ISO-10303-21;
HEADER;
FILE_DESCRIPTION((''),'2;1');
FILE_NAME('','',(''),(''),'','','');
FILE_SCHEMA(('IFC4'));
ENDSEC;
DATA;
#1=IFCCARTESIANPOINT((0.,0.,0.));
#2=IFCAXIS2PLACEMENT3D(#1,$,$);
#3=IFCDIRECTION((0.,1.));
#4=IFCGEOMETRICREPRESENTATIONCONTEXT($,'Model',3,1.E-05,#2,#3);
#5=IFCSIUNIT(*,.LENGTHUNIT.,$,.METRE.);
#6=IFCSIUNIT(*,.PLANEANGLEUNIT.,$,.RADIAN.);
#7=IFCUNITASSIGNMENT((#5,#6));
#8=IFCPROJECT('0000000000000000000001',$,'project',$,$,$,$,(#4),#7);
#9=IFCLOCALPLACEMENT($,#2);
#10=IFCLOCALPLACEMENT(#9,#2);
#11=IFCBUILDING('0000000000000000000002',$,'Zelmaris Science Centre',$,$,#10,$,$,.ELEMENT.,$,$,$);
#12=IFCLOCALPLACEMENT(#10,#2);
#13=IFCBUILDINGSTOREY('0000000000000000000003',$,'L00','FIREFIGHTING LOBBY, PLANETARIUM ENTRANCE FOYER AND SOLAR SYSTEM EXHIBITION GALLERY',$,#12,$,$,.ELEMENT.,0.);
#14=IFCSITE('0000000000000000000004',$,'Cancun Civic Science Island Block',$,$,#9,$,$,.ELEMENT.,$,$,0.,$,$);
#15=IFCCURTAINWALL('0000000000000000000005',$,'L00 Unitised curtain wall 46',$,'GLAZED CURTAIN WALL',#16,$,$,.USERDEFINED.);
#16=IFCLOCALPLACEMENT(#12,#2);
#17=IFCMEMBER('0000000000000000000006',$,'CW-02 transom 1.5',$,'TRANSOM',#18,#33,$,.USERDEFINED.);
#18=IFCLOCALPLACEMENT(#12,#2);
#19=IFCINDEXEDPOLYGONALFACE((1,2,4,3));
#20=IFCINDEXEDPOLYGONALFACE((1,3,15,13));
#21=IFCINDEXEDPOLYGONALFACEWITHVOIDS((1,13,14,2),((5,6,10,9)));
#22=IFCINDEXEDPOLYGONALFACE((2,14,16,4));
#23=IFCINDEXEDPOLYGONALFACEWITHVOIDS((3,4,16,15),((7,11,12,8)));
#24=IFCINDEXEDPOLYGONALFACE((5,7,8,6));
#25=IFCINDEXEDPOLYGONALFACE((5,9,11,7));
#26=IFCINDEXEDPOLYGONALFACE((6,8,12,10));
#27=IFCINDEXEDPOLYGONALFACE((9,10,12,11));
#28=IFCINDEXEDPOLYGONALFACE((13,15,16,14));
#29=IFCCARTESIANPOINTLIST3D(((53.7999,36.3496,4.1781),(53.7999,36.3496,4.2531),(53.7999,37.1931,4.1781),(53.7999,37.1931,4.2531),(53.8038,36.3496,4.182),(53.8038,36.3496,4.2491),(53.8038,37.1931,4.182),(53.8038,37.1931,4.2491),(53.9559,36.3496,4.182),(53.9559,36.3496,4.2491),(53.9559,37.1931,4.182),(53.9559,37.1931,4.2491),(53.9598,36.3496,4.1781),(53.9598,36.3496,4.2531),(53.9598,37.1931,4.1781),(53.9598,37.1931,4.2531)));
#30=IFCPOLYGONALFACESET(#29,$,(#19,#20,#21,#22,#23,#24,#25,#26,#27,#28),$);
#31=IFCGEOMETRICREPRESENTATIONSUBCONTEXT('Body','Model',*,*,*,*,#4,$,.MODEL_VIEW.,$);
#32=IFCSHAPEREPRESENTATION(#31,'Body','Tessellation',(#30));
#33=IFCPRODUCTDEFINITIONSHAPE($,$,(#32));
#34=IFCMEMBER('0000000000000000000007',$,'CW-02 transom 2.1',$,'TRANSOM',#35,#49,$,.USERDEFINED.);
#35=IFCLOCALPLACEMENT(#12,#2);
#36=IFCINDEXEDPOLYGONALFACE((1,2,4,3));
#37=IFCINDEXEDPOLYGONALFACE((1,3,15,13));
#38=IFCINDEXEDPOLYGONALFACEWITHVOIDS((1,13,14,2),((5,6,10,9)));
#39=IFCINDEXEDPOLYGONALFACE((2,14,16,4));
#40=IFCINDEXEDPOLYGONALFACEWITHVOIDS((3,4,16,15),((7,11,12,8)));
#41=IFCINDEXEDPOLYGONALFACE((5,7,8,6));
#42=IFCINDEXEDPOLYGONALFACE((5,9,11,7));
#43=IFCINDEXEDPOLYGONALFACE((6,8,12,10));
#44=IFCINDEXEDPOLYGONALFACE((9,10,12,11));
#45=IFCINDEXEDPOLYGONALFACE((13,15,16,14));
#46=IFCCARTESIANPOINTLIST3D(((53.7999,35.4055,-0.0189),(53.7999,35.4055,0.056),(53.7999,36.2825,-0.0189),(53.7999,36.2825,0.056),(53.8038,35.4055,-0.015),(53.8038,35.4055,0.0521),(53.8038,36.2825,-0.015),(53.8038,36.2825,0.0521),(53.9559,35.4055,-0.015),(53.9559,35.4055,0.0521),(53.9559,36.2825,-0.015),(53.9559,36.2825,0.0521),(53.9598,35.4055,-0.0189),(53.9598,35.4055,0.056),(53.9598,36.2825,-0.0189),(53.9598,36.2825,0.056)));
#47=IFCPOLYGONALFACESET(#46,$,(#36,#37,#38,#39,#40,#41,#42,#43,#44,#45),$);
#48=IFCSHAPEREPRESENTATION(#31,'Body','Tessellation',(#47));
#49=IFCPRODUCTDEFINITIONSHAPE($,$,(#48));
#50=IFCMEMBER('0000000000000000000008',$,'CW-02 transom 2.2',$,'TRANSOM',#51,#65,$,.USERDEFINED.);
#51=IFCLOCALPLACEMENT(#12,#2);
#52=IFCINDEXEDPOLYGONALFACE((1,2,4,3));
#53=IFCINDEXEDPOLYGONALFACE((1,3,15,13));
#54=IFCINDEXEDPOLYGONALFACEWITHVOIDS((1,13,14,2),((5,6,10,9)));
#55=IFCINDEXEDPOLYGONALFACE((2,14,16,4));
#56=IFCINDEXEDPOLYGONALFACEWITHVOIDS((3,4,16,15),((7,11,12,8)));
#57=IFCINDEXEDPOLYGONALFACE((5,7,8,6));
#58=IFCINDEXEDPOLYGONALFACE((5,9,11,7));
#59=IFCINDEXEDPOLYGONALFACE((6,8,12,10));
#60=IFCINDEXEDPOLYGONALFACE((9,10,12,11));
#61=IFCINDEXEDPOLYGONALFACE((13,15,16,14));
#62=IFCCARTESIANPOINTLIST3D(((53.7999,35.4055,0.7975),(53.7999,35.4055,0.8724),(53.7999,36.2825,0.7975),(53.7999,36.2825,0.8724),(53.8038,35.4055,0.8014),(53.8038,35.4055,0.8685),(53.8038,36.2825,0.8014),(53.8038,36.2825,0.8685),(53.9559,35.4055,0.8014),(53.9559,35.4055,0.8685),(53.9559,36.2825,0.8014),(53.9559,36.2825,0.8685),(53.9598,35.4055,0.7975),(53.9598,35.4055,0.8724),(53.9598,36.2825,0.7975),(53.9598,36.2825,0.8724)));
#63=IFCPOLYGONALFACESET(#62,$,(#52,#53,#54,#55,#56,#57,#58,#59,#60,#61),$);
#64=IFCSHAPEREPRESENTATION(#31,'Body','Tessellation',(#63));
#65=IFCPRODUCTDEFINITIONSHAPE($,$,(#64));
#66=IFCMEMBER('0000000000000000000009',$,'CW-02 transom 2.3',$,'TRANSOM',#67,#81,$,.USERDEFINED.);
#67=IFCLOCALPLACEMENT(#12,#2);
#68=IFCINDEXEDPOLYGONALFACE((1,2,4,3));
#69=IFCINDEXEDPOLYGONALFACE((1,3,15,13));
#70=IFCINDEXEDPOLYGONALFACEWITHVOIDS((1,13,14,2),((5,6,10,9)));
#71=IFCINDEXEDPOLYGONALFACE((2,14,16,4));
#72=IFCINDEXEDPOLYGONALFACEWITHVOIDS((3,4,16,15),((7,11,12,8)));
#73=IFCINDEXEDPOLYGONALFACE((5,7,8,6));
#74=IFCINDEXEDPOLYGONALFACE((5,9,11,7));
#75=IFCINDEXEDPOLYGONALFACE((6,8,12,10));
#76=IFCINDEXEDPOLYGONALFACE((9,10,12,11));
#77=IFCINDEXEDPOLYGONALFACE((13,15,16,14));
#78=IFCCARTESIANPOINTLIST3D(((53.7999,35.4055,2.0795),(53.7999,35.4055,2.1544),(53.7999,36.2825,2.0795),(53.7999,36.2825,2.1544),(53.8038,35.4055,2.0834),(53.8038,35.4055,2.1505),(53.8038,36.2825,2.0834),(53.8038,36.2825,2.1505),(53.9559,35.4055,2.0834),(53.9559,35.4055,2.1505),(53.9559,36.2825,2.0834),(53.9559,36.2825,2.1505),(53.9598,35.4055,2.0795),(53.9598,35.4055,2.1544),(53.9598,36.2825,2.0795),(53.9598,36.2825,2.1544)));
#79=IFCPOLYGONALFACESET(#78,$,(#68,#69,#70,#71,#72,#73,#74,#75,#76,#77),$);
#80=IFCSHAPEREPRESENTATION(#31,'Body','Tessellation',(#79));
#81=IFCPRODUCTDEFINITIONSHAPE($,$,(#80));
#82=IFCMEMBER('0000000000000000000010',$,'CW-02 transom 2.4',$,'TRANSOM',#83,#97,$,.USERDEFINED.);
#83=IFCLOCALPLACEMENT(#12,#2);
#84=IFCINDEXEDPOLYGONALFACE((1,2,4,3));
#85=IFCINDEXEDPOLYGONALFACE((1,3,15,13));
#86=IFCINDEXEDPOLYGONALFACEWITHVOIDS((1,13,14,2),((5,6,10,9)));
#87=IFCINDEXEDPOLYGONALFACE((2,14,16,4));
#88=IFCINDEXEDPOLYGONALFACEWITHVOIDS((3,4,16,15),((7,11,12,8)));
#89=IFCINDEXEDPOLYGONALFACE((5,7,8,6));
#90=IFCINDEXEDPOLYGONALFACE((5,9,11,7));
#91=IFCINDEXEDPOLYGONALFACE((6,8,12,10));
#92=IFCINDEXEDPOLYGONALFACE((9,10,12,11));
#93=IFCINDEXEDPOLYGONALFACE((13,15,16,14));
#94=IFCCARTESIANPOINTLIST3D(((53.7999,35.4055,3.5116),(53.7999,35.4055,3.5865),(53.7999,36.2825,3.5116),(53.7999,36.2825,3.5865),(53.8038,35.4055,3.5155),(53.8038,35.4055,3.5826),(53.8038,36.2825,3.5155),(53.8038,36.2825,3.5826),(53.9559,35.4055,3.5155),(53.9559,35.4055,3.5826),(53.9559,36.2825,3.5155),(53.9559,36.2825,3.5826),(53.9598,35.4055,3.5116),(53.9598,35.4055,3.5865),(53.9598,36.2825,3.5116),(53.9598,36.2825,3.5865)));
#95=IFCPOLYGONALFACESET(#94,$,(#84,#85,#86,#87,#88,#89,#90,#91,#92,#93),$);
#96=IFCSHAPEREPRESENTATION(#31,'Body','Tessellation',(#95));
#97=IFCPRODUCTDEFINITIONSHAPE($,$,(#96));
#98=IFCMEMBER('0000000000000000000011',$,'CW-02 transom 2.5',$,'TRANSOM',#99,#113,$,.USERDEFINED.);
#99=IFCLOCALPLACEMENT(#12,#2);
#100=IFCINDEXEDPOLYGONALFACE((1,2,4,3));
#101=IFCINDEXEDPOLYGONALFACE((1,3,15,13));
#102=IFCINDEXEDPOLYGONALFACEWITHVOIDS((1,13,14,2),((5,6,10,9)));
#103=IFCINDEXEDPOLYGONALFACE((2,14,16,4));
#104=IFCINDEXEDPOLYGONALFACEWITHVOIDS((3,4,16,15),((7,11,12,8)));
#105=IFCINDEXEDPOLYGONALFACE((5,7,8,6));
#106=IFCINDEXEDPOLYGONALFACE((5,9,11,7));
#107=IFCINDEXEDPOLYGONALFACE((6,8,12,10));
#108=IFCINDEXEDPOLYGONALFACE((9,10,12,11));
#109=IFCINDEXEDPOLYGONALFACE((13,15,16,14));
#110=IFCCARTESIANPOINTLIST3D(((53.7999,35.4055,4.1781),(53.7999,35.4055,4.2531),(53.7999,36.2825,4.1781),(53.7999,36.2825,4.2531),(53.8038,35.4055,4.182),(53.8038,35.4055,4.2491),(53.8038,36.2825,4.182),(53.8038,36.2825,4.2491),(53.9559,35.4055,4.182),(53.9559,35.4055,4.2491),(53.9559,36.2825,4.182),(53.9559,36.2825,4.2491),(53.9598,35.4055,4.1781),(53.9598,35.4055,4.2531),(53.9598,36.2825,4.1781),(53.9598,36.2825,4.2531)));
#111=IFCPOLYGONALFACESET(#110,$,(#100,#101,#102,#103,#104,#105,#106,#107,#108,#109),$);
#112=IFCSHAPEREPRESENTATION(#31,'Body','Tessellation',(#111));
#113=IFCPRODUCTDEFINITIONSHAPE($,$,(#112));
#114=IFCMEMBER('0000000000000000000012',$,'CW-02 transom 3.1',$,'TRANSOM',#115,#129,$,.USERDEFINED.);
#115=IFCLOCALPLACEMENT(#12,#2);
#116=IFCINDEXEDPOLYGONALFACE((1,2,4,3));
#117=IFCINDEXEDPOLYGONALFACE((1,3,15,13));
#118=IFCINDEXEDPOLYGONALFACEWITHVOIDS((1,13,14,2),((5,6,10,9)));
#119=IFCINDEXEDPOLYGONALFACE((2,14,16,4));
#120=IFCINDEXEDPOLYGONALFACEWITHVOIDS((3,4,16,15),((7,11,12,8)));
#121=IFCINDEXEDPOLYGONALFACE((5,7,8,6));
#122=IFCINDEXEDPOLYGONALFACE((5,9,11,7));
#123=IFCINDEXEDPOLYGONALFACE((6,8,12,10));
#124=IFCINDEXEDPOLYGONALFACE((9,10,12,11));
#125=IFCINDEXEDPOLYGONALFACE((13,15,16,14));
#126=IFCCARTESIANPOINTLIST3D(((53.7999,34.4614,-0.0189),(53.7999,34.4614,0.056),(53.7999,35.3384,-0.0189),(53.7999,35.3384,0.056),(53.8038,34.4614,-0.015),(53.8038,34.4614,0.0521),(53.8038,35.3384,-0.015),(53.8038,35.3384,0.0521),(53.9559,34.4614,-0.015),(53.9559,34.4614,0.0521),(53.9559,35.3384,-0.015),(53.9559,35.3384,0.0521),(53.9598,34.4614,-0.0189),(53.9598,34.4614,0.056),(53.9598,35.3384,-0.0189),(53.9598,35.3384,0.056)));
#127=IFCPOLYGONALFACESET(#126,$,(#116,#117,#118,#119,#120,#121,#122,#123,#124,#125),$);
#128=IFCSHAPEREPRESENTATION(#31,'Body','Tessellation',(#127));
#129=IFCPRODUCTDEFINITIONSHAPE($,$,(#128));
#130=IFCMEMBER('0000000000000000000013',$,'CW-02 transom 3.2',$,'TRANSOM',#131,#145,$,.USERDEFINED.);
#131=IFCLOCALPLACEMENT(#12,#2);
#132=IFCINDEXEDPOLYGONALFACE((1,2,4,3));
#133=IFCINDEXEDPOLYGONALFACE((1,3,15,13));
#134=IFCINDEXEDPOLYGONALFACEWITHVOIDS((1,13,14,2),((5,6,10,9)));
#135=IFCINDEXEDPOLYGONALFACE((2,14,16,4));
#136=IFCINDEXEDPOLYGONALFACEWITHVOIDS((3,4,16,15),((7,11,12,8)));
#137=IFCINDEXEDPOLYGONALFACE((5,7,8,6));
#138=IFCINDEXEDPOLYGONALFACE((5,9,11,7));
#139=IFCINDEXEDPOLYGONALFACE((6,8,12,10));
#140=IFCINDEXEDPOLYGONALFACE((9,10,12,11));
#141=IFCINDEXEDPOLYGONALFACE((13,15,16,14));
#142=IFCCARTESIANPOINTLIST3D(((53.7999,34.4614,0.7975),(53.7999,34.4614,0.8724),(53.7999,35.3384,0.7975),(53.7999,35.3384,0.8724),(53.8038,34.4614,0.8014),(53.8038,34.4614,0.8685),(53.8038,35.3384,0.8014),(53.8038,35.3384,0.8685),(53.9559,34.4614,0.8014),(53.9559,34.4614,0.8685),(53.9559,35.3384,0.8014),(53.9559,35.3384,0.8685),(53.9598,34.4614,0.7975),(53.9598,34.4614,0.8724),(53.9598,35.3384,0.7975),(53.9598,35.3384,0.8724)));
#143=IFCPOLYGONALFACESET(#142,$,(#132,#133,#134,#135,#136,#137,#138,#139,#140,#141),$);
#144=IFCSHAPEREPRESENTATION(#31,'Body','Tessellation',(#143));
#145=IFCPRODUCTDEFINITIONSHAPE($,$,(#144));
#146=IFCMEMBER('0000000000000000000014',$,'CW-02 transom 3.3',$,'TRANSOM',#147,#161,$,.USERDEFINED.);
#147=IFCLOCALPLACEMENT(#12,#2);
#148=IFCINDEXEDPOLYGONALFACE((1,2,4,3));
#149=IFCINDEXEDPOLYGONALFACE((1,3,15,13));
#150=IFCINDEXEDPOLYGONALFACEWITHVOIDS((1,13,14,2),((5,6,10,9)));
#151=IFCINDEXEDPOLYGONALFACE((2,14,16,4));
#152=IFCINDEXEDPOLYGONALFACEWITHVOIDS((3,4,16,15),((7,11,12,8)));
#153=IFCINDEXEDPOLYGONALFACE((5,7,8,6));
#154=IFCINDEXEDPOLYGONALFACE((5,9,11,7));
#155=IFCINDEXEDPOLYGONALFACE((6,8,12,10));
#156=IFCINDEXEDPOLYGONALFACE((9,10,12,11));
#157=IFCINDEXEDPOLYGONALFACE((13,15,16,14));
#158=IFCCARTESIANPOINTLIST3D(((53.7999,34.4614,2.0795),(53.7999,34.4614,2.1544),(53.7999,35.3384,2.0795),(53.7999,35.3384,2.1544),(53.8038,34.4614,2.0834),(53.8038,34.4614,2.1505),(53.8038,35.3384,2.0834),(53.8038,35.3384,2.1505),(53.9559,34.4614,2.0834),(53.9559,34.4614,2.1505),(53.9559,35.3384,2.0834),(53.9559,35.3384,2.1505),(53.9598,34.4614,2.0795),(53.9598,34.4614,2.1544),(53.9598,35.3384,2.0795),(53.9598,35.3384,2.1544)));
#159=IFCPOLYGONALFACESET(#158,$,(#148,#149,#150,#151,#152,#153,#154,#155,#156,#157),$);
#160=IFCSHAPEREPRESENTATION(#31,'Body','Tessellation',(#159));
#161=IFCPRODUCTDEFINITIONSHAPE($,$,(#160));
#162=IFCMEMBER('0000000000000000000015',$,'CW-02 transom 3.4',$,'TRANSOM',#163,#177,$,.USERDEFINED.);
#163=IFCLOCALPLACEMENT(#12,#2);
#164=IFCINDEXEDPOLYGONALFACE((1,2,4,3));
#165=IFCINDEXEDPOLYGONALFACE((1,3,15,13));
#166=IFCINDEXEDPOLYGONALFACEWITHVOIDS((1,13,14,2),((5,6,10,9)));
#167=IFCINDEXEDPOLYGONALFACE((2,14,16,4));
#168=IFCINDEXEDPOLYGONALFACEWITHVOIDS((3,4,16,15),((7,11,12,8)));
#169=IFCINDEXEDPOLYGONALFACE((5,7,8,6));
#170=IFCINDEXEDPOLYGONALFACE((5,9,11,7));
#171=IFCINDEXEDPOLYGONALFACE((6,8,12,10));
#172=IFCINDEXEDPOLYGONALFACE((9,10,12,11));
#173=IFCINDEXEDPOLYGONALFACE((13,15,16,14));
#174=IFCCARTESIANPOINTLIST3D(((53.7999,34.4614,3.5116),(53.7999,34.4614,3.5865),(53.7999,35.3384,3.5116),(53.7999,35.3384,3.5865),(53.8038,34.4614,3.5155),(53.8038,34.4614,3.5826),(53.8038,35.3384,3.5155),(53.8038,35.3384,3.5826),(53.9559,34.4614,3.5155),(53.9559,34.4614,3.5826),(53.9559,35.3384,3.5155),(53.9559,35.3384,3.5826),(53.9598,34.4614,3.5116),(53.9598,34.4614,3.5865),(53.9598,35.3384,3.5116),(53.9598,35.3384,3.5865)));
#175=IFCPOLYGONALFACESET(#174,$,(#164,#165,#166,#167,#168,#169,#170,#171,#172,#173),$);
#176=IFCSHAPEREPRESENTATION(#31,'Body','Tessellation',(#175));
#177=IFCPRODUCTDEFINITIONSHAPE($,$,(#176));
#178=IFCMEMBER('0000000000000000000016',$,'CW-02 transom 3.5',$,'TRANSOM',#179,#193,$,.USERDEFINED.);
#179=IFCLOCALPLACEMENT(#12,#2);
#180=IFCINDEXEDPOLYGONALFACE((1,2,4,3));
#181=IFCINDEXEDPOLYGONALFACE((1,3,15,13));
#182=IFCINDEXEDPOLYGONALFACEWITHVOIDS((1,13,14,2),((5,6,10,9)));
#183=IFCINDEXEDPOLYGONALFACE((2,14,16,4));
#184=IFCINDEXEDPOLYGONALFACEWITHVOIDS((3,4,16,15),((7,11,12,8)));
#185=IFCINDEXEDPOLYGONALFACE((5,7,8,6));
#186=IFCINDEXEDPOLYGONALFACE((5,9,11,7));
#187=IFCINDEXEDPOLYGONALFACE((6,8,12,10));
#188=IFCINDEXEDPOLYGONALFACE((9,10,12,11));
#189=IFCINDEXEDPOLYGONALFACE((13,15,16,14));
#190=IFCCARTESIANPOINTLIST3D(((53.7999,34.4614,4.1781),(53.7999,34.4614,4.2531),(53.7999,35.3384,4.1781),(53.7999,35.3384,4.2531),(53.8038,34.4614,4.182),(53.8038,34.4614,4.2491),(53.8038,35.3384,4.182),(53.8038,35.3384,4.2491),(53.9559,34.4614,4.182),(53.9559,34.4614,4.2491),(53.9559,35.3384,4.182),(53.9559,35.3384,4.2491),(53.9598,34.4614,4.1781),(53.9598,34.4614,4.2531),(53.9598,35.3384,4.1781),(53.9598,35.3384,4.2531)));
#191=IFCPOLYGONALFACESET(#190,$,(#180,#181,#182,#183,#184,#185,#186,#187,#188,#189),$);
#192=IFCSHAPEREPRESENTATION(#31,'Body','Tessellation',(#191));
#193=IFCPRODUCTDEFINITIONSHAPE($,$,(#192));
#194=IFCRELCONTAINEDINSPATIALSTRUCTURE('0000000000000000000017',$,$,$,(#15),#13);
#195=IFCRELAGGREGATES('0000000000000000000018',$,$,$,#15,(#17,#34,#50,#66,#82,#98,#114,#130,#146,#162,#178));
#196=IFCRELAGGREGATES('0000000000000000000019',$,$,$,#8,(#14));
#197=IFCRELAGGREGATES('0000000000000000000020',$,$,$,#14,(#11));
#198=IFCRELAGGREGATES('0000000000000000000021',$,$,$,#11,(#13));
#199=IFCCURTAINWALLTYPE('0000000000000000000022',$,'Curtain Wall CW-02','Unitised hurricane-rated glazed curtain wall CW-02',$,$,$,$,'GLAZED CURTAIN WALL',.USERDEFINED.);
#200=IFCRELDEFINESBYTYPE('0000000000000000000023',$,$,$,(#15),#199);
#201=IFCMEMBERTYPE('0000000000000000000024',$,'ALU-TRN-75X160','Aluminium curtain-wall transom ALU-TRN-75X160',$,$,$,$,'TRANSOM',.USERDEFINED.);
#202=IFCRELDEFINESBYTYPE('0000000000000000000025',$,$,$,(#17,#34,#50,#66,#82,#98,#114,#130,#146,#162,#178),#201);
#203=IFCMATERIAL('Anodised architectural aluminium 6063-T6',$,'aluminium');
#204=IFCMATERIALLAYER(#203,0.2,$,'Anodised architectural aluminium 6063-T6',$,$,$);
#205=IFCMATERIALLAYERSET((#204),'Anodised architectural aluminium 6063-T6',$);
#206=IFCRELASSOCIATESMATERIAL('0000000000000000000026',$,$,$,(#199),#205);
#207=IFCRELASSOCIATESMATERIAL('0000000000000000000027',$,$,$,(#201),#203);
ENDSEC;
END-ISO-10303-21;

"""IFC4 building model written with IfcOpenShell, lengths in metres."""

from ifc_helpers import new_model, si_unit, direction, frame, origin, origin_2d, place, context, subcontext, project, spatial, hollow_rectangle, extrude, material, layer, layer_set, material_profile, profile_set, type_object, element, aggregate, save


model = new_model("IFC4")

# Units and contexts
model_context = context("Model", 3, precision=1e-05, world=origin(), true_north=direction((0.0, 1.0)))
body_context = subcontext(model_context, "Body", "Model", "MODEL_VIEW")
ifc_project = project(units=[si_unit("LENGTHUNIT", "METRE"), si_unit("PLANEANGLEUNIT", "RADIAN")], contexts=[model_context])

# Site, building, storey
site_placement = place(None, origin())
site = spatial("IfcSite", under=ifc_project, at=site_placement, Name="Cancun Civic Science Island Block", CompositionType="ELEMENT", RefElevation=0.0)
building_placement = place(site_placement, origin())
building = spatial("IfcBuilding", under=site, at=building_placement, Name="Zelmaris Science Centre", CompositionType="ELEMENT")
storey_placement = place(building_placement, origin())
storey = spatial("IfcBuildingStorey", under=building, at=storey_placement, Name="L00", Description="FIREFIGHTING LOBBY, PLANETARIUM ENTRANCE FOYER AND SOLAR SYSTEM EXHIBITION GALLERY", CompositionType="ELEMENT", Elevation=0.0)

# Curtain wall
ifc_material_1 = material(Name="Anodised architectural aluminium 6063-T6", Category="aluminium")
ifc_layer_1 = layer(ifc_material_1, 0.2, Name="Anodised architectural aluminium 6063-T6")
ifc_layer_set_1 = layer_set([ifc_layer_1], Name="Anodised architectural aluminium 6063-T6")
curtain_wall_type_1 = type_object("IfcCurtainWallType", Name="Curtain Wall CW-02", Description="Unitised hurricane-rated glazed curtain wall CW-02", ElementType="GLAZED CURTAIN WALL", PredefinedType="USERDEFINED", material=ifc_layer_set_1)
curtain_wall_1_placement = place(storey_placement, origin())
curtain_wall_1 = element("IfcCurtainWall", 1, at=curtain_wall_1_placement, inside=storey, type_object=curtain_wall_type_1, Name="L00 Unitised curtain wall 46", ObjectType="GLAZED CURTAIN WALL", PredefinedType="USERDEFINED")

# Members
ifc_material_profile_1 = material_profile(ifc_material_1, hollow_rectangle(XDim=0.075, YDim=0.1599, WallThickness=0.0039, at=origin_2d()), Name="ALU-TRN-75X160")
ifc_profile_set_1 = profile_set([ifc_material_profile_1], Name="Anodised architectural aluminium 6063-T6")
member_type_1 = type_object("IfcMemberType", Name="ALU-TRN-75X160", Description="Aluminium curtain-wall transom ALU-TRN-75X160", ElementType="TRANSOM", PredefinedType="USERDEFINED", material=ifc_profile_set_1)
member_1_placement = place(storey_placement, frame((53.8799, 37.1931, 4.2156), z_axis=(0.0, -1.0, 0.0), x_axis=(0.0, 0.0, 1.0)))
member_1 = element("IfcMember", 2, at=member_1_placement, type_object=member_type_1, Name="CW-02 transom 1.5", ObjectType="TRANSOM", PredefinedType="USERDEFINED", context=body_context, shape_type="SweptSolid", body=[
    extrude(hollow_rectangle(XDim=0.075, YDim=0.1599, WallThickness=0.0039, at=origin_2d()), origin(), (0.0, 0.0, 1.0), 0.8435),
])
member_2_placement = place(storey_placement, frame((53.8799, 36.2825, 0.0186), z_axis=(0.0, -1.0, 0.0), x_axis=(0.0, 0.0, 1.0)))
member_2 = element("IfcMember", 3, at=member_2_placement, type_object=member_type_1, Name="CW-02 transom 2.1", ObjectType="TRANSOM", PredefinedType="USERDEFINED", context=body_context, shape_type="SweptSolid", body=[
    extrude(hollow_rectangle(XDim=0.075, YDim=0.1599, WallThickness=0.0039, at=origin_2d()), origin(), (0.0, 0.0, 1.0), 0.877),
])
member_3_placement = place(storey_placement, frame((53.8799, 36.2825, 0.835), z_axis=(0.0, -1.0, 0.0), x_axis=(0.0, 0.0, 1.0)))
member_3 = element("IfcMember", 4, at=member_3_placement, type_object=member_type_1, Name="CW-02 transom 2.2", ObjectType="TRANSOM", PredefinedType="USERDEFINED", context=body_context, shape_type="SweptSolid", body=[
    extrude(hollow_rectangle(XDim=0.075, YDim=0.1599, WallThickness=0.0039, at=origin_2d()), origin(), (0.0, 0.0, 1.0), 0.877),
])
member_4_placement = place(storey_placement, frame((53.8799, 36.2825, 2.1169), z_axis=(0.0, -1.0, 0.0), x_axis=(0.0, 0.0, 1.0)))
member_4 = element("IfcMember", 5, at=member_4_placement, type_object=member_type_1, Name="CW-02 transom 2.3", ObjectType="TRANSOM", PredefinedType="USERDEFINED", context=body_context, shape_type="SweptSolid", body=[
    extrude(hollow_rectangle(XDim=0.075, YDim=0.1599, WallThickness=0.0039, at=origin_2d()), origin(), (0.0, 0.0, 1.0), 0.877),
])
member_5_placement = place(storey_placement, frame((53.8799, 36.2825, 3.5491), z_axis=(0.0, -1.0, 0.0), x_axis=(0.0, 0.0, 1.0)))
member_5 = element("IfcMember", 6, at=member_5_placement, type_object=member_type_1, Name="CW-02 transom 2.4", ObjectType="TRANSOM", PredefinedType="USERDEFINED", context=body_context, shape_type="SweptSolid", body=[
    extrude(hollow_rectangle(XDim=0.075, YDim=0.1599, WallThickness=0.0039, at=origin_2d()), origin(), (0.0, 0.0, 1.0), 0.877),
])
member_6_placement = place(storey_placement, frame((53.8799, 36.2825, 4.2156), z_axis=(0.0, -1.0, 0.0), x_axis=(0.0, 0.0, 1.0)))
member_6 = element("IfcMember", 7, at=member_6_placement, type_object=member_type_1, Name="CW-02 transom 2.5", ObjectType="TRANSOM", PredefinedType="USERDEFINED", context=body_context, shape_type="SweptSolid", body=[
    extrude(hollow_rectangle(XDim=0.075, YDim=0.1599, WallThickness=0.0039, at=origin_2d()), origin(), (0.0, 0.0, 1.0), 0.877),
])
member_7_placement = place(storey_placement, frame((53.8799, 35.3384, 0.0186), z_axis=(0.0, -1.0, 0.0), x_axis=(0.0, 0.0, 1.0)))
member_7 = element("IfcMember", 8, at=member_7_placement, type_object=member_type_1, Name="CW-02 transom 3.1", ObjectType="TRANSOM", PredefinedType="USERDEFINED", context=body_context, shape_type="SweptSolid", body=[
    extrude(hollow_rectangle(XDim=0.075, YDim=0.1599, WallThickness=0.0039, at=origin_2d()), origin(), (0.0, 0.0, 1.0), 0.877),
])
member_8_placement = place(storey_placement, frame((53.8799, 35.3384, 0.835), z_axis=(0.0, -1.0, 0.0), x_axis=(0.0, 0.0, 1.0)))
member_8 = element("IfcMember", 9, at=member_8_placement, type_object=member_type_1, Name="CW-02 transom 3.2", ObjectType="TRANSOM", PredefinedType="USERDEFINED", context=body_context, shape_type="SweptSolid", body=[
    extrude(hollow_rectangle(XDim=0.075, YDim=0.1599, WallThickness=0.0039, at=origin_2d()), origin(), (0.0, 0.0, 1.0), 0.877),
])
member_9_placement = place(storey_placement, frame((53.8799, 35.3384, 2.1169), z_axis=(0.0, -1.0, 0.0), x_axis=(0.0, 0.0, 1.0)))
member_9 = element("IfcMember", 10, at=member_9_placement, type_object=member_type_1, Name="CW-02 transom 3.3", ObjectType="TRANSOM", PredefinedType="USERDEFINED", context=body_context, shape_type="SweptSolid", body=[
    extrude(hollow_rectangle(XDim=0.075, YDim=0.1599, WallThickness=0.0039, at=origin_2d()), origin(), (0.0, 0.0, 1.0), 0.877),
])
member_10_placement = place(storey_placement, frame((53.8799, 35.3384, 3.5491), z_axis=(0.0, -1.0, 0.0), x_axis=(0.0, 0.0, 1.0)))
member_10 = element("IfcMember", 11, at=member_10_placement, type_object=member_type_1, Name="CW-02 transom 3.4", ObjectType="TRANSOM", PredefinedType="USERDEFINED", context=body_context, shape_type="SweptSolid", body=[
    extrude(hollow_rectangle(XDim=0.075, YDim=0.1599, WallThickness=0.0039, at=origin_2d()), origin(), (0.0, 0.0, 1.0), 0.877),
])
member_11_placement = place(storey_placement, frame((53.8799, 35.3384, 4.2156), z_axis=(0.0, -1.0, 0.0), x_axis=(0.0, 0.0, 1.0)))
member_11 = element("IfcMember", 12, at=member_11_placement, type_object=member_type_1, Name="CW-02 transom 3.5", ObjectType="TRANSOM", PredefinedType="USERDEFINED", context=body_context, shape_type="SweptSolid", body=[
    extrude(hollow_rectangle(XDim=0.075, YDim=0.1599, WallThickness=0.0039, at=origin_2d()), origin(), (0.0, 0.0, 1.0), 0.877),
])

aggregate(curtain_wall_1, [member_1, member_2, member_3, member_4, member_5, member_6, member_7, member_8, member_9, member_10, member_11])

save(model, "model.ifc")
